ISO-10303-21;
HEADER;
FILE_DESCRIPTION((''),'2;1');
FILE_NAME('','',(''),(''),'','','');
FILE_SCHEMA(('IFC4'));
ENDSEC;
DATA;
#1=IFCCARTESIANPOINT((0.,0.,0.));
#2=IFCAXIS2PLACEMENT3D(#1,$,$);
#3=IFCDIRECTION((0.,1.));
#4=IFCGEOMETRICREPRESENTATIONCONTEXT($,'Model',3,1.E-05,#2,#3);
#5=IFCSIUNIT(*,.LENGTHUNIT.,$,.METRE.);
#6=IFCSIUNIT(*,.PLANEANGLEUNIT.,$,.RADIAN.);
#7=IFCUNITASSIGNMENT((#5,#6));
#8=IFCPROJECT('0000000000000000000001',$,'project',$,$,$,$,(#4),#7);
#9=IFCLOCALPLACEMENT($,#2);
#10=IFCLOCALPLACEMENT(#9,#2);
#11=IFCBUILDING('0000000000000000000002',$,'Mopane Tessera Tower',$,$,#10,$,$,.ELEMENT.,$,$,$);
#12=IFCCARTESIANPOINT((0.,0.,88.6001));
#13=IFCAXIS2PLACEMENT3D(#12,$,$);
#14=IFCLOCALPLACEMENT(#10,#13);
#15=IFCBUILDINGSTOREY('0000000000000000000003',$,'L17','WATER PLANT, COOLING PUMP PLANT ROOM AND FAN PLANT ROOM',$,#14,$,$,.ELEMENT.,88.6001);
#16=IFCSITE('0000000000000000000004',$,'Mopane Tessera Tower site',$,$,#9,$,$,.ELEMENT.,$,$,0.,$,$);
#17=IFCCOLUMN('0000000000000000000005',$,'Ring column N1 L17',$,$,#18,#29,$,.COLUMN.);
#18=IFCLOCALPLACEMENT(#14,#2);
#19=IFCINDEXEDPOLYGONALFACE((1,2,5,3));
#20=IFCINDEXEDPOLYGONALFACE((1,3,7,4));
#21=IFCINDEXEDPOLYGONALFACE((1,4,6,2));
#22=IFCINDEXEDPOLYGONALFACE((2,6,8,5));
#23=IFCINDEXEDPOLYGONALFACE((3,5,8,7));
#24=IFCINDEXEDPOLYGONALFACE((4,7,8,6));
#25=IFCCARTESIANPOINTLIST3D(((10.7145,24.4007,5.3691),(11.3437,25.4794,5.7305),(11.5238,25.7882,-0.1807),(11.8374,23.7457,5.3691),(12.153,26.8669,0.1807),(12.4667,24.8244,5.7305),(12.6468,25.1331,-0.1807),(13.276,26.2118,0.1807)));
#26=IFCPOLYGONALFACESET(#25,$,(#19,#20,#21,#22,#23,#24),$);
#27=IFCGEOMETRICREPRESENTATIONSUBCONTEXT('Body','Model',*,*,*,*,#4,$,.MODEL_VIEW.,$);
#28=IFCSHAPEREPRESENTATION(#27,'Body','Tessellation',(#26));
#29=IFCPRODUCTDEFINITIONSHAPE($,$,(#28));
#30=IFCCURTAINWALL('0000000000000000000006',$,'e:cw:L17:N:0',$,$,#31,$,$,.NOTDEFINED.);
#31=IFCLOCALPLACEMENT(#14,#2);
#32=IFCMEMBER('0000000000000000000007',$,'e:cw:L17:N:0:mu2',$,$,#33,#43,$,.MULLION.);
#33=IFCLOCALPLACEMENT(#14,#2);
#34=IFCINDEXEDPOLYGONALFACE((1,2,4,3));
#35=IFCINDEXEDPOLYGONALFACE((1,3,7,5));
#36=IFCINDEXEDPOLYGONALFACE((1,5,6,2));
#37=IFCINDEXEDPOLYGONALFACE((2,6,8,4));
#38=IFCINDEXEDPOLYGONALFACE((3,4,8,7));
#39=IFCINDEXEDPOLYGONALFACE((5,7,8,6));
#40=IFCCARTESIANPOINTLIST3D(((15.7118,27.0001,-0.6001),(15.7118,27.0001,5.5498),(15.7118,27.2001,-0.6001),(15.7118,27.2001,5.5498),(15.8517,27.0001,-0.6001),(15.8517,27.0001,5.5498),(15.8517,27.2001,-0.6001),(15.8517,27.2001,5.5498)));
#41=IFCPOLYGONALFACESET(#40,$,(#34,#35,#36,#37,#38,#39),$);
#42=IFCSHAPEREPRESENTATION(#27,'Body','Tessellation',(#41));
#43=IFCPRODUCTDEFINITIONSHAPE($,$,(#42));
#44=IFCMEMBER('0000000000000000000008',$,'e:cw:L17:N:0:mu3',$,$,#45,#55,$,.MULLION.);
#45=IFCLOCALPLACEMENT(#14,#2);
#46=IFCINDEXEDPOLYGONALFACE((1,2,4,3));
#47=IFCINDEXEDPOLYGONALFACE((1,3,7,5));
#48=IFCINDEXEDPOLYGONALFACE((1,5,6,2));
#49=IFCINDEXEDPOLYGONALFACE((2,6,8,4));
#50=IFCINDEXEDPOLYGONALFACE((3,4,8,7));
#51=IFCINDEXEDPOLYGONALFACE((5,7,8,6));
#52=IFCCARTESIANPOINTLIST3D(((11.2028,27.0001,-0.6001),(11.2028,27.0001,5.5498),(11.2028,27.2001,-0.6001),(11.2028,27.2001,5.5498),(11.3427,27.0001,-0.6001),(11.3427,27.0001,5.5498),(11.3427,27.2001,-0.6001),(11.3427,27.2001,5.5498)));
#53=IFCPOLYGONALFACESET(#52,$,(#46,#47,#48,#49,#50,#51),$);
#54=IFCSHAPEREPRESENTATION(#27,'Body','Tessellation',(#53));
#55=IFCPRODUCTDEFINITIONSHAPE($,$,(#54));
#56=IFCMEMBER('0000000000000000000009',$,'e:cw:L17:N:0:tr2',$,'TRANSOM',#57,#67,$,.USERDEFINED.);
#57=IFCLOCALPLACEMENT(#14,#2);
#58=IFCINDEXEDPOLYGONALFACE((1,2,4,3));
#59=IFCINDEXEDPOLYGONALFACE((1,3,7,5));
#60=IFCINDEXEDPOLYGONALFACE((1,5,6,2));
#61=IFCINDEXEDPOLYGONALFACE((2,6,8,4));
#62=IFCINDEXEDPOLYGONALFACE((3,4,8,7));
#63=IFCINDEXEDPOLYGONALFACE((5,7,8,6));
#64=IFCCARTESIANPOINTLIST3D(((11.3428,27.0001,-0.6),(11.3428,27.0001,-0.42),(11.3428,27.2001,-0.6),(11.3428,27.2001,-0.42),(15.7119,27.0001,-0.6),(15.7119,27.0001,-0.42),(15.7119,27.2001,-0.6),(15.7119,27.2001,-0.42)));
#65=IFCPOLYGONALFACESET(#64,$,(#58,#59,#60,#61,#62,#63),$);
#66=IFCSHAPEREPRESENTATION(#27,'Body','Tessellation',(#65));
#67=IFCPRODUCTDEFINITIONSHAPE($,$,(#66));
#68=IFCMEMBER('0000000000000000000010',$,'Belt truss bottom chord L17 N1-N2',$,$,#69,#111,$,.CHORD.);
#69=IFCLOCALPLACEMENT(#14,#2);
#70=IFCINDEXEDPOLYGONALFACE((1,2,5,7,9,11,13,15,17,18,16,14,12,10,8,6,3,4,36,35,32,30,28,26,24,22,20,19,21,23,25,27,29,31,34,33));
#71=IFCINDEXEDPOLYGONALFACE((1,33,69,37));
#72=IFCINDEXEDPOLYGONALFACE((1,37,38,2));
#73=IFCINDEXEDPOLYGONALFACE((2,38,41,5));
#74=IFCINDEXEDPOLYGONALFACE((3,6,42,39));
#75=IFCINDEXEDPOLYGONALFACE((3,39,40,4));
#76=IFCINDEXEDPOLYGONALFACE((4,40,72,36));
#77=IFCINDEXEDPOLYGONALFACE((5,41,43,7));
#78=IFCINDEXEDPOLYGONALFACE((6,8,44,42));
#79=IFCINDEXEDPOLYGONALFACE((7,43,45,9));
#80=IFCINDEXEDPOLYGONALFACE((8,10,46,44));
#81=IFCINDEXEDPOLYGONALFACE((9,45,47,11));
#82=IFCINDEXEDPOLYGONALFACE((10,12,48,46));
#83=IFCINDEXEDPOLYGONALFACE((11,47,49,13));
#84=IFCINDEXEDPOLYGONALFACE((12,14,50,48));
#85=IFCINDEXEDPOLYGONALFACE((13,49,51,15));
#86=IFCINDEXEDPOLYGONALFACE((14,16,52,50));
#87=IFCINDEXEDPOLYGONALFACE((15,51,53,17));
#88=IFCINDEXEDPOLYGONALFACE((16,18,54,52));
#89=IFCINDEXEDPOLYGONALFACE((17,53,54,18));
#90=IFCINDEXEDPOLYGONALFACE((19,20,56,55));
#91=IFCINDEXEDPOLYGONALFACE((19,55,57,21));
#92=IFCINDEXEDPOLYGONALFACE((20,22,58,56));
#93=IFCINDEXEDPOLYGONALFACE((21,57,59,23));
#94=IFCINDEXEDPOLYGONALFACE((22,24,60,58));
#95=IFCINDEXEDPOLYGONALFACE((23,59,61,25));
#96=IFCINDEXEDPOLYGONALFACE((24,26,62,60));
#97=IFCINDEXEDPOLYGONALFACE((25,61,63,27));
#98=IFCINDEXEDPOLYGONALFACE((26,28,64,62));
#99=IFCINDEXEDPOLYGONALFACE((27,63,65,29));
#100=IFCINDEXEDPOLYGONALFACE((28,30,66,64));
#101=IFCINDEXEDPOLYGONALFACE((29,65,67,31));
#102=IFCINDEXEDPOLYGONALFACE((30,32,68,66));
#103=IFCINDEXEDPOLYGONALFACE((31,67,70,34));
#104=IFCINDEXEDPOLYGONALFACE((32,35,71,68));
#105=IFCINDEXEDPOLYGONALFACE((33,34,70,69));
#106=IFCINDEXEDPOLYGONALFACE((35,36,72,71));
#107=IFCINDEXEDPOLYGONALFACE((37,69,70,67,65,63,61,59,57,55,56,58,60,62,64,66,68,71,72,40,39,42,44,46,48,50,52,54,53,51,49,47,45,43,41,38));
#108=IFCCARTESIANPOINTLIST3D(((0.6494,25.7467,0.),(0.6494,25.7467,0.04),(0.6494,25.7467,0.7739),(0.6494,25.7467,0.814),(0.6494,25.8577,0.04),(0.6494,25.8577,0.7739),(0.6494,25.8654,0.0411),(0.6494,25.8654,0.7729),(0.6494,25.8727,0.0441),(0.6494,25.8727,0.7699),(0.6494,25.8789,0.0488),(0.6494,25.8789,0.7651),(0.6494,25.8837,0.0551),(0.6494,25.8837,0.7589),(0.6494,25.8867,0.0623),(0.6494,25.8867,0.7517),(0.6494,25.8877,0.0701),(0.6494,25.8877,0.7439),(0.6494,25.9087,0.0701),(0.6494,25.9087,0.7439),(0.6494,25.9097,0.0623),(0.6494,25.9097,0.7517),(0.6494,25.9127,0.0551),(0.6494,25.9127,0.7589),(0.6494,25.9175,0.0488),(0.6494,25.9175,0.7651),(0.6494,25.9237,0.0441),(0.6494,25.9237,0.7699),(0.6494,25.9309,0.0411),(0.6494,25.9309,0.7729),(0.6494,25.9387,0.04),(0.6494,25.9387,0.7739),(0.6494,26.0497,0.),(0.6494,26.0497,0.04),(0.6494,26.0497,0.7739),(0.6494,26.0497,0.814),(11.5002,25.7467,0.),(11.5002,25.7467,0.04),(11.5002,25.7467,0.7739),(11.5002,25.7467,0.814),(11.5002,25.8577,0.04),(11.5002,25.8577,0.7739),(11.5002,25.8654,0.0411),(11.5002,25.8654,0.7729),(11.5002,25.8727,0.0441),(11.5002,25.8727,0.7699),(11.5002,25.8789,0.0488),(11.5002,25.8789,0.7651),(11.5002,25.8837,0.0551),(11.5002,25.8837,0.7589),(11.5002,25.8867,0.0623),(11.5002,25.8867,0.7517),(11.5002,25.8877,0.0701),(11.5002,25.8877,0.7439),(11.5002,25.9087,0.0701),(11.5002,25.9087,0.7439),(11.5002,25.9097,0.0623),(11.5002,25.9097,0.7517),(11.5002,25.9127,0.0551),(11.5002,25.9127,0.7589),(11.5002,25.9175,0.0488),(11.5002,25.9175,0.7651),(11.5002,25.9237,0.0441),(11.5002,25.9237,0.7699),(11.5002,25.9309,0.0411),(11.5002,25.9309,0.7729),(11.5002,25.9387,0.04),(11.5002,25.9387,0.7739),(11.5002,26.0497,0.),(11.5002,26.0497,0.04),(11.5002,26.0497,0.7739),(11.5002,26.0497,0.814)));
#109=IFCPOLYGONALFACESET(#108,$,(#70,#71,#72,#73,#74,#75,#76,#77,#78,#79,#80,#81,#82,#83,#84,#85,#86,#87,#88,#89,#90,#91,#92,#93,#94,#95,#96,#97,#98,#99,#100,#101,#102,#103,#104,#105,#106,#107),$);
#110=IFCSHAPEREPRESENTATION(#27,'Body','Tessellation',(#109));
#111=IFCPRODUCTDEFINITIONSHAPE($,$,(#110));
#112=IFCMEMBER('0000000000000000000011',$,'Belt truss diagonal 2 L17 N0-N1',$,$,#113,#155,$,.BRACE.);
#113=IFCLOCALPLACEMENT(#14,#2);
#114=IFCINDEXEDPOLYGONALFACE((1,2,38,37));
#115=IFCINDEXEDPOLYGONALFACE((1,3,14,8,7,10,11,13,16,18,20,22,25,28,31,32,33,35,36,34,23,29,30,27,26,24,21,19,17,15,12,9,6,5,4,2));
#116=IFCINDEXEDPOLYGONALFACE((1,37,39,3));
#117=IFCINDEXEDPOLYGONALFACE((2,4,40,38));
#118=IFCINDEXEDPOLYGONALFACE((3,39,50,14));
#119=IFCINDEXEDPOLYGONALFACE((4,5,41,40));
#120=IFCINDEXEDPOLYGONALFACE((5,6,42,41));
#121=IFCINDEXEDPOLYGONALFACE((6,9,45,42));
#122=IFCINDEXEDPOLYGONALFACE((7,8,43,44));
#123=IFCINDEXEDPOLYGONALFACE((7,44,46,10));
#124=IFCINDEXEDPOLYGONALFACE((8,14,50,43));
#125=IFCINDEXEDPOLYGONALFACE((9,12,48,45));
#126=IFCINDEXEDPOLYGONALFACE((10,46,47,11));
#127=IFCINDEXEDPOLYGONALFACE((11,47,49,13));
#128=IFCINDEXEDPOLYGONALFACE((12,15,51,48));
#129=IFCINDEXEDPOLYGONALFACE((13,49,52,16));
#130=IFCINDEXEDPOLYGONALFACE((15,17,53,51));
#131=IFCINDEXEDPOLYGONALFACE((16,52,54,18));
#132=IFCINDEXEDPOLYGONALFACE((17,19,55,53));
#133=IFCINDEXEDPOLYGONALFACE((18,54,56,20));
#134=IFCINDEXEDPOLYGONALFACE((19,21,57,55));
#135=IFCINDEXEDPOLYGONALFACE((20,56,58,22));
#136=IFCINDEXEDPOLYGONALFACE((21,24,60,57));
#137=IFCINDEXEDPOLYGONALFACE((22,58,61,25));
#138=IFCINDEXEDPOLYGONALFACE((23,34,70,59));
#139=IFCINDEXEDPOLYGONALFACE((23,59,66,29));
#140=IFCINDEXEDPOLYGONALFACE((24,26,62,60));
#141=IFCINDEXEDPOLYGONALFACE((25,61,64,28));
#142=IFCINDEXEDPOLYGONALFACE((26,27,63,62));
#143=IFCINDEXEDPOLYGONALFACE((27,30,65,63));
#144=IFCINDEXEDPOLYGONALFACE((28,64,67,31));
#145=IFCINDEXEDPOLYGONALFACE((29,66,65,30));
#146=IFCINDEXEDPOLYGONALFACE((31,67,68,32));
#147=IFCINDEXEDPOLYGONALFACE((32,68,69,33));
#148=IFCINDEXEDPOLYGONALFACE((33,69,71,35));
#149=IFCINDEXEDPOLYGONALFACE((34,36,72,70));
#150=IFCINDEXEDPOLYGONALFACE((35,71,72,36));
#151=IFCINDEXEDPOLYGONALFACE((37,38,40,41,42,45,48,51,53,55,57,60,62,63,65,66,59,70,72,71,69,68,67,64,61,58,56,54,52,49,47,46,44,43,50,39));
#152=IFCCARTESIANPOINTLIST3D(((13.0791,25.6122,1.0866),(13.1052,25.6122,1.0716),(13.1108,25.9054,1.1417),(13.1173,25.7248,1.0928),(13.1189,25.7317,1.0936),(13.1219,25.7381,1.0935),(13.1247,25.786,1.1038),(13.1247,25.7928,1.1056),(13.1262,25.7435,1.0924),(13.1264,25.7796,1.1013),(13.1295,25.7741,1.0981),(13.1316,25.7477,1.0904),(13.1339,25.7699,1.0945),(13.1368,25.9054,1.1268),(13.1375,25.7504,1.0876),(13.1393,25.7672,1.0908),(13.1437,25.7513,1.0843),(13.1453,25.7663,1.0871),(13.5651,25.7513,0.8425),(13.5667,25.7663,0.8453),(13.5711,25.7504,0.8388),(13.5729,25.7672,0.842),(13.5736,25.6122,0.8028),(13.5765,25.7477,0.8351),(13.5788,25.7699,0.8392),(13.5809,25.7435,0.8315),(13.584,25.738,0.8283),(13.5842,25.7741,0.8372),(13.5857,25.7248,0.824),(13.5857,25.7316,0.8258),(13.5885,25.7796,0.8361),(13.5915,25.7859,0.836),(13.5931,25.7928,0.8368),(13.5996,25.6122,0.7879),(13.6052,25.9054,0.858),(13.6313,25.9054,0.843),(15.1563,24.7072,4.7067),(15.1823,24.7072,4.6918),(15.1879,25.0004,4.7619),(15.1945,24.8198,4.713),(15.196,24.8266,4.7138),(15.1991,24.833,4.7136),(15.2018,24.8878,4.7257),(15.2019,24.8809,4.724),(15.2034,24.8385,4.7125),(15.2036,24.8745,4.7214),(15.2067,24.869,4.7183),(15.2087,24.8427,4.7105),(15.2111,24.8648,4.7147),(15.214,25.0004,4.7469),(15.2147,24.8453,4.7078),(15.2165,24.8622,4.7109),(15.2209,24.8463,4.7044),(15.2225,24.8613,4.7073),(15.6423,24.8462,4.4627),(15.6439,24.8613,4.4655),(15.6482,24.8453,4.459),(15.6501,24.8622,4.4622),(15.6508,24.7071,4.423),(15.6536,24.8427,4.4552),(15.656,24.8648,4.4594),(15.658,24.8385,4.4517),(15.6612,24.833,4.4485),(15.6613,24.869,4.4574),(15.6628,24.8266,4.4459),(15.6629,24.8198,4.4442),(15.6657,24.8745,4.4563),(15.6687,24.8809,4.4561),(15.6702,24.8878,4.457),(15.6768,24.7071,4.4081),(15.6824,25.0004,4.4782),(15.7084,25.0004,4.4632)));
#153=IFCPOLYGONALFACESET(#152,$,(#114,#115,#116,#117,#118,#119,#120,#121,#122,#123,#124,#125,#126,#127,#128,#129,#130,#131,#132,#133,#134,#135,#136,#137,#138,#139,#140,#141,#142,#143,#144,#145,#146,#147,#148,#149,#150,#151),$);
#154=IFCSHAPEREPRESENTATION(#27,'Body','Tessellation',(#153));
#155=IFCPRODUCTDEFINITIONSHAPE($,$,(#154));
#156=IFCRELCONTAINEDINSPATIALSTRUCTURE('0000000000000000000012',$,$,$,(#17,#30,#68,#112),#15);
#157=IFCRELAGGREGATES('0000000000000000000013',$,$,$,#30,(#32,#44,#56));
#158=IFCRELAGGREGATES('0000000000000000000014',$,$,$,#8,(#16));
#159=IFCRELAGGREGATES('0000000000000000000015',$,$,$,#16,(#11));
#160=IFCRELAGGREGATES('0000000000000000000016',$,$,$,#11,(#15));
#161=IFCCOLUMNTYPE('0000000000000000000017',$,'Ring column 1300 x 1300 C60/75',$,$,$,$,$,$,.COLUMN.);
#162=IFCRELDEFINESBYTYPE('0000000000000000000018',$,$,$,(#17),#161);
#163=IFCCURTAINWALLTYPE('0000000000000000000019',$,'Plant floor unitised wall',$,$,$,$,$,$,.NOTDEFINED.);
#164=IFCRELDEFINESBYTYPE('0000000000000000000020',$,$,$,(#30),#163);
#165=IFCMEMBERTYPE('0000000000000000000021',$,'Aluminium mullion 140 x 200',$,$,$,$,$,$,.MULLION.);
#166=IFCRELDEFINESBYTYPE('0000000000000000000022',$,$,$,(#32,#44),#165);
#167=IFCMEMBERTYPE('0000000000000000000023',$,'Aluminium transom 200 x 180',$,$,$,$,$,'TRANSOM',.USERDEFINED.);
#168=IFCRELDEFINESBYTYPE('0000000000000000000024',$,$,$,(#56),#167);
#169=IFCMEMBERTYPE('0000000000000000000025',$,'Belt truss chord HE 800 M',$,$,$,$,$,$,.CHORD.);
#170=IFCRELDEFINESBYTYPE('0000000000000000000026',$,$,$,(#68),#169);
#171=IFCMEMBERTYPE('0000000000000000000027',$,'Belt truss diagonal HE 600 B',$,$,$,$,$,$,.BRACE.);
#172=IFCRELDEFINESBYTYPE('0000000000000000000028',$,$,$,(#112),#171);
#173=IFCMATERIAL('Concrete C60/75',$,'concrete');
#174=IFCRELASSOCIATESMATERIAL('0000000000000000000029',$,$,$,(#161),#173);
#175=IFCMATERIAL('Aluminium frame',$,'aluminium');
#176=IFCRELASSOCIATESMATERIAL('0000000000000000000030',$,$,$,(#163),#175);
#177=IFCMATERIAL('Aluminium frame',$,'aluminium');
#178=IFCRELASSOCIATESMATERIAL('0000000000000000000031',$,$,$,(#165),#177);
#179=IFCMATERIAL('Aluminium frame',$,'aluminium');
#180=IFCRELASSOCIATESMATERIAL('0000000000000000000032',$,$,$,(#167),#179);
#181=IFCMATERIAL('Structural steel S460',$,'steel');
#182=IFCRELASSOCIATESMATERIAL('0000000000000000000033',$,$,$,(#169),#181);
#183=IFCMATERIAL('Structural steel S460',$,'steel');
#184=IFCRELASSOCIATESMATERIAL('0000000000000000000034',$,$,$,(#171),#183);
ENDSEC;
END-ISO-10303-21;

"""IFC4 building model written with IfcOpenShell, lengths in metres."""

from ifc_helpers import new_model, si_unit, direction, frame, origin, origin_2d, place, context, subcontext, project, spatial, rectangle, i_section, extrude, material, material_profile, profile_set, type_object, element, aggregate, save


model = new_model("IFC4")

# Units and contexts
model_context = context("Model", 3, precision=1e-05, world=origin(), true_north=direction((0.0, 1.0)))
body_context = subcontext(model_context, "Body", "Model", "MODEL_VIEW")
ifc_project = project(units=[si_unit("LENGTHUNIT", "METRE"), si_unit("PLANEANGLEUNIT", "RADIAN")], contexts=[model_context])

# Site, building, storey
site_placement = place(None, origin())
site = spatial("IfcSite", under=ifc_project, at=site_placement, Name="Mopane Tessera Tower site", CompositionType="ELEMENT", RefElevation=0.0)
building_placement = place(site_placement, origin())
building = spatial("IfcBuilding", under=site, at=building_placement, Name="Mopane Tessera Tower", CompositionType="ELEMENT")
storey_placement = place(building_placement, frame((0.0, 0.0, 88.6001)))
storey = spatial("IfcBuildingStorey", under=building, at=storey_placement, Name="L17", Description="WATER PLANT, COOLING PUMP PLANT ROOM AND FAN PLANT ROOM", CompositionType="ELEMENT", Elevation=88.6001)

# Column
ifc_material_1 = material(Name="Concrete C60/75", Category="concrete")
ifc_material_profile_1 = material_profile(ifc_material_1, rectangle(XDim=1.3, YDim=1.3, at=origin_2d()))
ifc_profile_set_1 = profile_set([ifc_material_profile_1], Name="Concrete C60/75")
column_type = type_object("IfcColumnType", Name="Ring column 1300 x 1300 C60/75", PredefinedType="COLUMN", material=ifc_profile_set_1)
column_placement = place(storey_placement, frame((12.3999, 26.0, 0.0), z_axis=(-0.140081, -0.240144, 0.960577), x_axis=(0.863784, -0.503862, 0.0)))
element("IfcColumn", 1, at=column_placement, inside=storey, type_object=column_type, Name="Ring column N1 L17", PredefinedType="COLUMN", context=body_context, shape_type="SweptSolid", body=[
    extrude(rectangle(XDim=1.3, YDim=1.3, at=origin_2d()), origin(), (0.0, 0.0, 1.0), 5.7776),
])

# Curtain wall, members
ifc_material_2 = material(Name="Aluminium frame", Category="aluminium")
curtain_wall_type = type_object("IfcCurtainWallType", Name="Plant floor unitised wall", PredefinedType="NOTDEFINED", material=ifc_material_2)
curtain_wall_placement = place(storey_placement, origin())
curtain_wall = element("IfcCurtainWall", 2, at=curtain_wall_placement, inside=storey, type_object=curtain_wall_type, Name="e:cw:L17:N:0", PredefinedType="NOTDEFINED")
ifc_material_3 = material(Name="Aluminium frame", Category="aluminium")
ifc_material_profile_2 = material_profile(ifc_material_3, rectangle(XDim=0.1399, YDim=0.2, at=origin_2d()))
ifc_profile_set_2 = profile_set([ifc_material_profile_2], Name="Aluminium frame")
member_type_1 = type_object("IfcMemberType", Name="Aluminium mullion 140 x 200", PredefinedType="MULLION", material=ifc_profile_set_2)
member_1_placement = place(storey_placement, frame((15.7817, 27.1001, -0.6001), z_axis=(0.0, 0.0, 1.0), x_axis=(-1.0, 0.0, 0.0)))
member_1 = element("IfcMember", 3, at=member_1_placement, type_object=member_type_1, Name="e:cw:L17:N:0:mu2", PredefinedType="MULLION", context=body_context, shape_type="SweptSolid", body=[
    extrude(rectangle(XDim=0.1399, YDim=0.2, at=origin_2d()), origin(), (0.0, 0.0, 1.0), 6.1499),
])
member_2_placement = place(storey_placement, frame((11.2727, 27.1001, -0.6001), z_axis=(0.0, 0.0, 1.0), x_axis=(-1.0, 0.0, 0.0)))
member_2 = element("IfcMember", 4, at=member_2_placement, type_object=member_type_1, Name="e:cw:L17:N:0:mu3", PredefinedType="MULLION", context=body_context, shape_type="SweptSolid", body=[
    extrude(rectangle(XDim=0.1399, YDim=0.2, at=origin_2d()), origin(), (0.0, 0.0, 1.0), 6.1499),
])
ifc_material_4 = material(Name="Aluminium frame", Category="aluminium")
ifc_material_profile_3 = material_profile(ifc_material_4, rectangle(XDim=0.2, YDim=0.1799, at=origin_2d()))
ifc_profile_set_3 = profile_set([ifc_material_profile_3], Name="Aluminium frame")
member_type_2 = type_object("IfcMemberType", Name="Aluminium transom 200 x 180", ElementType="TRANSOM", PredefinedType="USERDEFINED", material=ifc_profile_set_3)
member_3_placement = place(storey_placement, frame((15.7119, 27.1001, -0.51), z_axis=(-1.0, 0.0, 0.0), x_axis=(0.0, -1.0, 0.0)))
member_3 = element("IfcMember", 5, at=member_3_placement, type_object=member_type_2, Name="e:cw:L17:N:0:tr2", ObjectType="TRANSOM", PredefinedType="USERDEFINED", context=body_context, shape_type="SweptSolid", body=[
    extrude(rectangle(XDim=0.2, YDim=0.1799, at=origin_2d()), origin(), (0.0, 0.0, 1.0), 4.3691),
])

# Members
ifc_material_5 = material(Name="Structural steel S460", Category="steel")
ifc_material_profile_4 = material_profile(ifc_material_5, i_section(OverallWidth=0.303, OverallDepth=0.814, WebThickness=0.021, FlangeThickness=0.04, FilletRadius=0.03, at=origin_2d()))
ifc_profile_set_4 = profile_set([ifc_material_profile_4], Name="Structural steel S460")
member_type_3 = type_object("IfcMemberType", Name="Belt truss chord HE 800 M", PredefinedType="CHORD", material=ifc_profile_set_4)
member_4_placement = place(storey_placement, frame((11.5002, 25.8982, 0.407), z_axis=(-1.0, 0.0, 0.0), x_axis=(0.0, -1.0, 0.0)))
element("IfcMember", 6, at=member_4_placement, inside=storey, type_object=member_type_3, Name="Belt truss bottom chord L17 N1-N2", PredefinedType="CHORD", context=body_context, shape_type="SweptSolid", body=[
    extrude(i_section(OverallWidth=0.303, OverallDepth=0.814, WebThickness=0.021, FlangeThickness=0.04, FilletRadius=0.03, at=origin_2d()), origin(), (0.0, 0.0, 1.0), 10.8508),
])
ifc_material_6 = material(Name="Structural steel S460", Category="steel")
ifc_material_profile_5 = material_profile(ifc_material_6, i_section(OverallWidth=0.3, OverallDepth=0.6001, WebThickness=0.0154, FlangeThickness=0.03, FilletRadius=0.0271, at=origin_2d()))
ifc_profile_set_5 = profile_set([ifc_material_profile_5], Name="Structural steel S460")
member_type_4 = type_object("IfcMemberType", Name="Belt truss diagonal HE 600 B", PredefinedType="BRACE", material=ifc_profile_set_5)
member_5_placement = place(storey_placement, frame((15.4324, 24.8538, 4.585), z_axis=(-0.486372, 0.211916, -0.847664), x_axis=(-0.105492, -0.977288, -0.183793)))
element("IfcMember", 7, at=member_5_placement, inside=storey, type_object=member_type_4, Name="Belt truss diagonal 2 L17 N0-N1", PredefinedType="BRACE", context=body_context, shape_type="SweptSolid", body=[
    extrude(i_section(OverallWidth=0.3, OverallDepth=0.6001, WebThickness=0.0154, FlangeThickness=0.03, FilletRadius=0.0271, at=origin_2d()), origin(), (0.0, 0.0, 1.0), 4.2708),
])

aggregate(curtain_wall, [member_1, member_2, member_3])

save(model, "model.ifc")
